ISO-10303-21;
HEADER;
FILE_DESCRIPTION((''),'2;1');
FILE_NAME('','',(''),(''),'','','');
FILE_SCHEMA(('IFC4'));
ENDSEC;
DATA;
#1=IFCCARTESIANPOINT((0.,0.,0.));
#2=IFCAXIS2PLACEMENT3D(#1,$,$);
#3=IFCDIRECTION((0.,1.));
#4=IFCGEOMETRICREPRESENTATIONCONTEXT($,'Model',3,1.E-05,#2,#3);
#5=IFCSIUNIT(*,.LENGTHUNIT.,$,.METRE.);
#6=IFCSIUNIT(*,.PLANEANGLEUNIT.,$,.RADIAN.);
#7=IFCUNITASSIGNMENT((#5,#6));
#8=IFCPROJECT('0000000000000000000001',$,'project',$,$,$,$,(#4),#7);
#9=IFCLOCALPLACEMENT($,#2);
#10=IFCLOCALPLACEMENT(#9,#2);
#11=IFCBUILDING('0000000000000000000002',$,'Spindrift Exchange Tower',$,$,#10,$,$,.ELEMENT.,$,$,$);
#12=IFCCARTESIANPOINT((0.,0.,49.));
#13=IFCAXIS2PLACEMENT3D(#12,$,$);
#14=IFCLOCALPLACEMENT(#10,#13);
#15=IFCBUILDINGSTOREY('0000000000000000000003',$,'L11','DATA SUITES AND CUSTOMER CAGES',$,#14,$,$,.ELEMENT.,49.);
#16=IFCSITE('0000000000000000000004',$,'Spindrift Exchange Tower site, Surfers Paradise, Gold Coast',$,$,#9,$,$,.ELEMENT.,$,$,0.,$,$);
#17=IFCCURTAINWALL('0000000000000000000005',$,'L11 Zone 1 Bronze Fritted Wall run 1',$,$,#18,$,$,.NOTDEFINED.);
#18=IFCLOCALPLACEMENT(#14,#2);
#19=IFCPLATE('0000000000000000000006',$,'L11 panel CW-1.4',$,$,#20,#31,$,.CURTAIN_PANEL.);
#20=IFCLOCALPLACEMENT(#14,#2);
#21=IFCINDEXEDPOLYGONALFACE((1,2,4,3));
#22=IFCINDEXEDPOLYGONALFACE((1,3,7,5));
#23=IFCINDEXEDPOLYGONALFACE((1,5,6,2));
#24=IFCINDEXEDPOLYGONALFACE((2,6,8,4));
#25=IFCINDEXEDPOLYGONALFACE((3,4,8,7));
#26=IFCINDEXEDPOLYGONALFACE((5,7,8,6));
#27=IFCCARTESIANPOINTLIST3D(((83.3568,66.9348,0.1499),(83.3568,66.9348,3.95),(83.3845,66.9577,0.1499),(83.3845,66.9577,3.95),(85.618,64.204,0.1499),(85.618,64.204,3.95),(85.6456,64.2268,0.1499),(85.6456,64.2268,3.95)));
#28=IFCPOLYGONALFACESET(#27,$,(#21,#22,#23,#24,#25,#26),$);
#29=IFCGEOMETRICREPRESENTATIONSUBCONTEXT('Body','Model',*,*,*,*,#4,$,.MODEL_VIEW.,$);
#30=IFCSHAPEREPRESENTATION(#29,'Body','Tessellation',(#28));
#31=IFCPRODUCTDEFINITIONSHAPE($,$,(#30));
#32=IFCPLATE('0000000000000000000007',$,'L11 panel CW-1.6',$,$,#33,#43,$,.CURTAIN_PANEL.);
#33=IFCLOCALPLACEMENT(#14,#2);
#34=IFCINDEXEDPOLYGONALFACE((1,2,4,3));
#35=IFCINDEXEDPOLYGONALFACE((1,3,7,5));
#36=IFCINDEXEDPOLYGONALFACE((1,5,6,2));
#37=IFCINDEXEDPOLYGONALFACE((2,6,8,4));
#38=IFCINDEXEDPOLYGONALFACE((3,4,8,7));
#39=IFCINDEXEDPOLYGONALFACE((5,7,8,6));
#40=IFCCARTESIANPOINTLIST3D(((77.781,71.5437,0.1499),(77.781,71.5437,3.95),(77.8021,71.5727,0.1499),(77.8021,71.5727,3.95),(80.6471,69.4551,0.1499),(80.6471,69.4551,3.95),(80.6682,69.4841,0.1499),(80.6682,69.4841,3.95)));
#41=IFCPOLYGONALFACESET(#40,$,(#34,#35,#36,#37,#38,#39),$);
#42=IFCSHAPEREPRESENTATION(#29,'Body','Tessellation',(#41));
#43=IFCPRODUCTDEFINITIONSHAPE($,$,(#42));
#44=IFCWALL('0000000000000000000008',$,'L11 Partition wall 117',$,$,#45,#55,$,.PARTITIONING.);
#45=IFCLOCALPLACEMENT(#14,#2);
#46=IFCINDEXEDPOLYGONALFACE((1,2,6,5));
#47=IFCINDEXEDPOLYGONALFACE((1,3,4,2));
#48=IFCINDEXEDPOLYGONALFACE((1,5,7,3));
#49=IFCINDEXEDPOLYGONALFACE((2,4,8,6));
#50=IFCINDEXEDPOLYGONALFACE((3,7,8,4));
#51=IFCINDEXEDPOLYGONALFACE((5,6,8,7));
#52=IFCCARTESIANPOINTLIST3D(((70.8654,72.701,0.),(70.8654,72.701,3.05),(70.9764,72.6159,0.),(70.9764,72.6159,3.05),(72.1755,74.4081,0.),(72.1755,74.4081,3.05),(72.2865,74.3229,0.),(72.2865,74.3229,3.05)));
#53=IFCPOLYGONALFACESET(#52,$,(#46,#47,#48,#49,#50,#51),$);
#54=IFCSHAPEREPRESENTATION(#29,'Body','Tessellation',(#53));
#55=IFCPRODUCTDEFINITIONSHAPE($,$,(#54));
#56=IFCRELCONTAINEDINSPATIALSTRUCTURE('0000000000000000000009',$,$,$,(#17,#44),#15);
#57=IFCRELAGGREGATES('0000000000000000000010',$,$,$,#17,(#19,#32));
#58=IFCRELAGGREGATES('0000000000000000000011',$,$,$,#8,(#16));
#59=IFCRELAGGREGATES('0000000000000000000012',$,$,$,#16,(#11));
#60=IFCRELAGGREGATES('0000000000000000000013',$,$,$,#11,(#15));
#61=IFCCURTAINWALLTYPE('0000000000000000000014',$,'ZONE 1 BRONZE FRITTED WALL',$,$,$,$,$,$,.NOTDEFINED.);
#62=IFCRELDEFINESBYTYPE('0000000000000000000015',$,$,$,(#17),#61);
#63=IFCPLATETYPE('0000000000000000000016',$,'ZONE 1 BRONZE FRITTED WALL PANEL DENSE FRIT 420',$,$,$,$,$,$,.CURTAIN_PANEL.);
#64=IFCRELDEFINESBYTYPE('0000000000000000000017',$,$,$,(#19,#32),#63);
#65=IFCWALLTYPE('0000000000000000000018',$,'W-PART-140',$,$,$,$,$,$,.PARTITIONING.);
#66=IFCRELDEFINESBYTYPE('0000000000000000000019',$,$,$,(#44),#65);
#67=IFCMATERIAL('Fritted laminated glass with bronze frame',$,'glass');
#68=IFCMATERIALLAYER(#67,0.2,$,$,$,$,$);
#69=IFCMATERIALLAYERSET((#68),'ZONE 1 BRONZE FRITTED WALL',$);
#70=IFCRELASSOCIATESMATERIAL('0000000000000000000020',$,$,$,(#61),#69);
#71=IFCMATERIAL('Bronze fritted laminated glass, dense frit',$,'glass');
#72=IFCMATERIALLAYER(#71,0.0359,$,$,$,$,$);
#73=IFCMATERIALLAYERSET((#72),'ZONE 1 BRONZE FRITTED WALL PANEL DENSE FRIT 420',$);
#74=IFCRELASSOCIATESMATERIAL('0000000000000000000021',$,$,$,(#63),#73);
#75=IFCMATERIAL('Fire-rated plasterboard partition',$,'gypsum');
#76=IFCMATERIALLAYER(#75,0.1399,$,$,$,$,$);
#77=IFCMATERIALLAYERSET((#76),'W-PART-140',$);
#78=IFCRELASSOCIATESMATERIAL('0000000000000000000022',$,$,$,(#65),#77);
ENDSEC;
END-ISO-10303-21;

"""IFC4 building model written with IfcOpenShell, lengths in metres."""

from ifc_helpers import new_model, si_unit, direction, frame, frame_2d, origin, origin_2d, place, context, subcontext, project, spatial, rectangle, extrude, source, transform, mapped, material, layer, layer_set, type_object, element, aggregate, save


model = new_model("IFC4")

# Units and contexts
model_context = context("Model", 3, precision=1e-05, world=origin(), true_north=direction((0.0, 1.0)))
body_context = subcontext(model_context, "Body", "Model", "MODEL_VIEW")
ifc_project = project(units=[si_unit("LENGTHUNIT", "METRE"), si_unit("PLANEANGLEUNIT", "RADIAN")], contexts=[model_context])

# Site, building, storey
site_placement = place(None, origin())
site = spatial("IfcSite", under=ifc_project, at=site_placement, Name="Spindrift Exchange Tower site, Surfers Paradise, Gold Coast", CompositionType="ELEMENT", RefElevation=0.0)
building_placement = place(site_placement, origin())
building = spatial("IfcBuilding", under=site, at=building_placement, Name="Spindrift Exchange Tower", CompositionType="ELEMENT")
storey_placement = place(building_placement, frame((0.0, 0.0, 49.0)))
storey = spatial("IfcBuildingStorey", under=building, at=storey_placement, Name="L11", Description="DATA SUITES AND CUSTOMER CAGES", CompositionType="ELEMENT", Elevation=49.0)

# Curtain wall
ifc_material_1 = material(Name="Fritted laminated glass with bronze frame", Category="glass")
ifc_layer_1 = layer(ifc_material_1, 0.2)
ifc_layer_set_1 = layer_set([ifc_layer_1], Name="ZONE 1 BRONZE FRITTED WALL")
curtain_wall_type = type_object("IfcCurtainWallType", Name="ZONE 1 BRONZE FRITTED WALL", PredefinedType="NOTDEFINED", material=ifc_layer_set_1)
curtain_wall_1_placement = place(storey_placement, origin())
curtain_wall_1 = element("IfcCurtainWall", 1, at=curtain_wall_1_placement, inside=storey, type_object=curtain_wall_type, Name="L11 Zone 1 Bronze Fritted Wall run 1", PredefinedType="NOTDEFINED")

# Plates
ifc_material_2 = material(Name="Bronze fritted laminated glass, dense frit", Category="glass")
ifc_layer_2 = layer(ifc_material_2, 0.0359)
ifc_layer_set_2 = layer_set([ifc_layer_2], Name="ZONE 1 BRONZE FRITTED WALL PANEL DENSE FRIT 420")
plate_type_1 = type_object("IfcPlateType", Name="ZONE 1 BRONZE FRITTED WALL PANEL DENSE FRIT 420", PredefinedType="CURTAIN_PANEL", material=ifc_layer_set_2)
shared_shape_1 = source(origin(), body_context, "Body", "SweptSolid", [
    extrude(rectangle(XDim=3.5454, YDim=0.0359, at=origin_2d()), origin(), (0.0, 0.0, 1.0), 3.8),
])
plate_1_placement = place(storey_placement, frame((84.5012, 65.5808, 0.1499), z_axis=(0.0, 0.0, 1.0), x_axis=(-0.637756, 0.770238, 0.0)))
plate_1 = element("IfcPlate", 2, at=plate_1_placement, type_object=plate_type_1, Name="L11 panel CW-1.4", PredefinedType="CURTAIN_PANEL", context=body_context, shape_type="MappedRepresentation", body=[
    mapped(shared_shape_1, transform((0.0, 0.0, 0.0), scale=1.0)),
])
shared_shape_2 = source(origin(), body_context, "Body", "SweptSolid", [
    extrude(rectangle(XDim=3.5464, YDim=0.0359, at=origin_2d()), origin(), (0.0, 0.0, 1.0), 3.8),
])
plate_2_placement = place(storey_placement, frame((79.2246, 70.5139, 0.1499), z_axis=(0.0, 0.0, 1.0), x_axis=(-0.808187, 0.588926, 0.0)))
plate_2 = element("IfcPlate", 3, at=plate_2_placement, type_object=plate_type_1, Name="L11 panel CW-1.6", PredefinedType="CURTAIN_PANEL", context=body_context, shape_type="MappedRepresentation", body=[
    mapped(shared_shape_2, transform((0.0, 0.0, 0.0), scale=1.0)),
])
aggregate(curtain_wall_1, [plate_1, plate_2])

# Wall
ifc_material_3 = material(Name="Fire-rated plasterboard partition", Category="gypsum")
ifc_layer_3 = layer(ifc_material_3, 0.1399)
ifc_layer_set_3 = layer_set([ifc_layer_3], Name="W-PART-140")
wall_type = type_object("IfcWallType", Name="W-PART-140", PredefinedType="PARTITIONING", material=ifc_layer_set_3)
wall_placement = place(storey_placement, frame((70.9209, 72.6584, 0.0), z_axis=(0.0, 0.0, 1.0), x_axis=(0.608822, 0.793307, 0.0)))
element("IfcWall", 4, at=wall_placement, inside=storey, type_object=wall_type, Name="L11 Partition wall 117", PredefinedType="PARTITIONING", context=body_context, shape_type="SweptSolid", body=[
    extrude(rectangle(XDim=2.1519, YDim=0.1399, at=frame_2d((1.0759, 0.0))), origin(), (0.0, 0.0, 1.0), 3.05),
])

save(model, "model.ifc")
